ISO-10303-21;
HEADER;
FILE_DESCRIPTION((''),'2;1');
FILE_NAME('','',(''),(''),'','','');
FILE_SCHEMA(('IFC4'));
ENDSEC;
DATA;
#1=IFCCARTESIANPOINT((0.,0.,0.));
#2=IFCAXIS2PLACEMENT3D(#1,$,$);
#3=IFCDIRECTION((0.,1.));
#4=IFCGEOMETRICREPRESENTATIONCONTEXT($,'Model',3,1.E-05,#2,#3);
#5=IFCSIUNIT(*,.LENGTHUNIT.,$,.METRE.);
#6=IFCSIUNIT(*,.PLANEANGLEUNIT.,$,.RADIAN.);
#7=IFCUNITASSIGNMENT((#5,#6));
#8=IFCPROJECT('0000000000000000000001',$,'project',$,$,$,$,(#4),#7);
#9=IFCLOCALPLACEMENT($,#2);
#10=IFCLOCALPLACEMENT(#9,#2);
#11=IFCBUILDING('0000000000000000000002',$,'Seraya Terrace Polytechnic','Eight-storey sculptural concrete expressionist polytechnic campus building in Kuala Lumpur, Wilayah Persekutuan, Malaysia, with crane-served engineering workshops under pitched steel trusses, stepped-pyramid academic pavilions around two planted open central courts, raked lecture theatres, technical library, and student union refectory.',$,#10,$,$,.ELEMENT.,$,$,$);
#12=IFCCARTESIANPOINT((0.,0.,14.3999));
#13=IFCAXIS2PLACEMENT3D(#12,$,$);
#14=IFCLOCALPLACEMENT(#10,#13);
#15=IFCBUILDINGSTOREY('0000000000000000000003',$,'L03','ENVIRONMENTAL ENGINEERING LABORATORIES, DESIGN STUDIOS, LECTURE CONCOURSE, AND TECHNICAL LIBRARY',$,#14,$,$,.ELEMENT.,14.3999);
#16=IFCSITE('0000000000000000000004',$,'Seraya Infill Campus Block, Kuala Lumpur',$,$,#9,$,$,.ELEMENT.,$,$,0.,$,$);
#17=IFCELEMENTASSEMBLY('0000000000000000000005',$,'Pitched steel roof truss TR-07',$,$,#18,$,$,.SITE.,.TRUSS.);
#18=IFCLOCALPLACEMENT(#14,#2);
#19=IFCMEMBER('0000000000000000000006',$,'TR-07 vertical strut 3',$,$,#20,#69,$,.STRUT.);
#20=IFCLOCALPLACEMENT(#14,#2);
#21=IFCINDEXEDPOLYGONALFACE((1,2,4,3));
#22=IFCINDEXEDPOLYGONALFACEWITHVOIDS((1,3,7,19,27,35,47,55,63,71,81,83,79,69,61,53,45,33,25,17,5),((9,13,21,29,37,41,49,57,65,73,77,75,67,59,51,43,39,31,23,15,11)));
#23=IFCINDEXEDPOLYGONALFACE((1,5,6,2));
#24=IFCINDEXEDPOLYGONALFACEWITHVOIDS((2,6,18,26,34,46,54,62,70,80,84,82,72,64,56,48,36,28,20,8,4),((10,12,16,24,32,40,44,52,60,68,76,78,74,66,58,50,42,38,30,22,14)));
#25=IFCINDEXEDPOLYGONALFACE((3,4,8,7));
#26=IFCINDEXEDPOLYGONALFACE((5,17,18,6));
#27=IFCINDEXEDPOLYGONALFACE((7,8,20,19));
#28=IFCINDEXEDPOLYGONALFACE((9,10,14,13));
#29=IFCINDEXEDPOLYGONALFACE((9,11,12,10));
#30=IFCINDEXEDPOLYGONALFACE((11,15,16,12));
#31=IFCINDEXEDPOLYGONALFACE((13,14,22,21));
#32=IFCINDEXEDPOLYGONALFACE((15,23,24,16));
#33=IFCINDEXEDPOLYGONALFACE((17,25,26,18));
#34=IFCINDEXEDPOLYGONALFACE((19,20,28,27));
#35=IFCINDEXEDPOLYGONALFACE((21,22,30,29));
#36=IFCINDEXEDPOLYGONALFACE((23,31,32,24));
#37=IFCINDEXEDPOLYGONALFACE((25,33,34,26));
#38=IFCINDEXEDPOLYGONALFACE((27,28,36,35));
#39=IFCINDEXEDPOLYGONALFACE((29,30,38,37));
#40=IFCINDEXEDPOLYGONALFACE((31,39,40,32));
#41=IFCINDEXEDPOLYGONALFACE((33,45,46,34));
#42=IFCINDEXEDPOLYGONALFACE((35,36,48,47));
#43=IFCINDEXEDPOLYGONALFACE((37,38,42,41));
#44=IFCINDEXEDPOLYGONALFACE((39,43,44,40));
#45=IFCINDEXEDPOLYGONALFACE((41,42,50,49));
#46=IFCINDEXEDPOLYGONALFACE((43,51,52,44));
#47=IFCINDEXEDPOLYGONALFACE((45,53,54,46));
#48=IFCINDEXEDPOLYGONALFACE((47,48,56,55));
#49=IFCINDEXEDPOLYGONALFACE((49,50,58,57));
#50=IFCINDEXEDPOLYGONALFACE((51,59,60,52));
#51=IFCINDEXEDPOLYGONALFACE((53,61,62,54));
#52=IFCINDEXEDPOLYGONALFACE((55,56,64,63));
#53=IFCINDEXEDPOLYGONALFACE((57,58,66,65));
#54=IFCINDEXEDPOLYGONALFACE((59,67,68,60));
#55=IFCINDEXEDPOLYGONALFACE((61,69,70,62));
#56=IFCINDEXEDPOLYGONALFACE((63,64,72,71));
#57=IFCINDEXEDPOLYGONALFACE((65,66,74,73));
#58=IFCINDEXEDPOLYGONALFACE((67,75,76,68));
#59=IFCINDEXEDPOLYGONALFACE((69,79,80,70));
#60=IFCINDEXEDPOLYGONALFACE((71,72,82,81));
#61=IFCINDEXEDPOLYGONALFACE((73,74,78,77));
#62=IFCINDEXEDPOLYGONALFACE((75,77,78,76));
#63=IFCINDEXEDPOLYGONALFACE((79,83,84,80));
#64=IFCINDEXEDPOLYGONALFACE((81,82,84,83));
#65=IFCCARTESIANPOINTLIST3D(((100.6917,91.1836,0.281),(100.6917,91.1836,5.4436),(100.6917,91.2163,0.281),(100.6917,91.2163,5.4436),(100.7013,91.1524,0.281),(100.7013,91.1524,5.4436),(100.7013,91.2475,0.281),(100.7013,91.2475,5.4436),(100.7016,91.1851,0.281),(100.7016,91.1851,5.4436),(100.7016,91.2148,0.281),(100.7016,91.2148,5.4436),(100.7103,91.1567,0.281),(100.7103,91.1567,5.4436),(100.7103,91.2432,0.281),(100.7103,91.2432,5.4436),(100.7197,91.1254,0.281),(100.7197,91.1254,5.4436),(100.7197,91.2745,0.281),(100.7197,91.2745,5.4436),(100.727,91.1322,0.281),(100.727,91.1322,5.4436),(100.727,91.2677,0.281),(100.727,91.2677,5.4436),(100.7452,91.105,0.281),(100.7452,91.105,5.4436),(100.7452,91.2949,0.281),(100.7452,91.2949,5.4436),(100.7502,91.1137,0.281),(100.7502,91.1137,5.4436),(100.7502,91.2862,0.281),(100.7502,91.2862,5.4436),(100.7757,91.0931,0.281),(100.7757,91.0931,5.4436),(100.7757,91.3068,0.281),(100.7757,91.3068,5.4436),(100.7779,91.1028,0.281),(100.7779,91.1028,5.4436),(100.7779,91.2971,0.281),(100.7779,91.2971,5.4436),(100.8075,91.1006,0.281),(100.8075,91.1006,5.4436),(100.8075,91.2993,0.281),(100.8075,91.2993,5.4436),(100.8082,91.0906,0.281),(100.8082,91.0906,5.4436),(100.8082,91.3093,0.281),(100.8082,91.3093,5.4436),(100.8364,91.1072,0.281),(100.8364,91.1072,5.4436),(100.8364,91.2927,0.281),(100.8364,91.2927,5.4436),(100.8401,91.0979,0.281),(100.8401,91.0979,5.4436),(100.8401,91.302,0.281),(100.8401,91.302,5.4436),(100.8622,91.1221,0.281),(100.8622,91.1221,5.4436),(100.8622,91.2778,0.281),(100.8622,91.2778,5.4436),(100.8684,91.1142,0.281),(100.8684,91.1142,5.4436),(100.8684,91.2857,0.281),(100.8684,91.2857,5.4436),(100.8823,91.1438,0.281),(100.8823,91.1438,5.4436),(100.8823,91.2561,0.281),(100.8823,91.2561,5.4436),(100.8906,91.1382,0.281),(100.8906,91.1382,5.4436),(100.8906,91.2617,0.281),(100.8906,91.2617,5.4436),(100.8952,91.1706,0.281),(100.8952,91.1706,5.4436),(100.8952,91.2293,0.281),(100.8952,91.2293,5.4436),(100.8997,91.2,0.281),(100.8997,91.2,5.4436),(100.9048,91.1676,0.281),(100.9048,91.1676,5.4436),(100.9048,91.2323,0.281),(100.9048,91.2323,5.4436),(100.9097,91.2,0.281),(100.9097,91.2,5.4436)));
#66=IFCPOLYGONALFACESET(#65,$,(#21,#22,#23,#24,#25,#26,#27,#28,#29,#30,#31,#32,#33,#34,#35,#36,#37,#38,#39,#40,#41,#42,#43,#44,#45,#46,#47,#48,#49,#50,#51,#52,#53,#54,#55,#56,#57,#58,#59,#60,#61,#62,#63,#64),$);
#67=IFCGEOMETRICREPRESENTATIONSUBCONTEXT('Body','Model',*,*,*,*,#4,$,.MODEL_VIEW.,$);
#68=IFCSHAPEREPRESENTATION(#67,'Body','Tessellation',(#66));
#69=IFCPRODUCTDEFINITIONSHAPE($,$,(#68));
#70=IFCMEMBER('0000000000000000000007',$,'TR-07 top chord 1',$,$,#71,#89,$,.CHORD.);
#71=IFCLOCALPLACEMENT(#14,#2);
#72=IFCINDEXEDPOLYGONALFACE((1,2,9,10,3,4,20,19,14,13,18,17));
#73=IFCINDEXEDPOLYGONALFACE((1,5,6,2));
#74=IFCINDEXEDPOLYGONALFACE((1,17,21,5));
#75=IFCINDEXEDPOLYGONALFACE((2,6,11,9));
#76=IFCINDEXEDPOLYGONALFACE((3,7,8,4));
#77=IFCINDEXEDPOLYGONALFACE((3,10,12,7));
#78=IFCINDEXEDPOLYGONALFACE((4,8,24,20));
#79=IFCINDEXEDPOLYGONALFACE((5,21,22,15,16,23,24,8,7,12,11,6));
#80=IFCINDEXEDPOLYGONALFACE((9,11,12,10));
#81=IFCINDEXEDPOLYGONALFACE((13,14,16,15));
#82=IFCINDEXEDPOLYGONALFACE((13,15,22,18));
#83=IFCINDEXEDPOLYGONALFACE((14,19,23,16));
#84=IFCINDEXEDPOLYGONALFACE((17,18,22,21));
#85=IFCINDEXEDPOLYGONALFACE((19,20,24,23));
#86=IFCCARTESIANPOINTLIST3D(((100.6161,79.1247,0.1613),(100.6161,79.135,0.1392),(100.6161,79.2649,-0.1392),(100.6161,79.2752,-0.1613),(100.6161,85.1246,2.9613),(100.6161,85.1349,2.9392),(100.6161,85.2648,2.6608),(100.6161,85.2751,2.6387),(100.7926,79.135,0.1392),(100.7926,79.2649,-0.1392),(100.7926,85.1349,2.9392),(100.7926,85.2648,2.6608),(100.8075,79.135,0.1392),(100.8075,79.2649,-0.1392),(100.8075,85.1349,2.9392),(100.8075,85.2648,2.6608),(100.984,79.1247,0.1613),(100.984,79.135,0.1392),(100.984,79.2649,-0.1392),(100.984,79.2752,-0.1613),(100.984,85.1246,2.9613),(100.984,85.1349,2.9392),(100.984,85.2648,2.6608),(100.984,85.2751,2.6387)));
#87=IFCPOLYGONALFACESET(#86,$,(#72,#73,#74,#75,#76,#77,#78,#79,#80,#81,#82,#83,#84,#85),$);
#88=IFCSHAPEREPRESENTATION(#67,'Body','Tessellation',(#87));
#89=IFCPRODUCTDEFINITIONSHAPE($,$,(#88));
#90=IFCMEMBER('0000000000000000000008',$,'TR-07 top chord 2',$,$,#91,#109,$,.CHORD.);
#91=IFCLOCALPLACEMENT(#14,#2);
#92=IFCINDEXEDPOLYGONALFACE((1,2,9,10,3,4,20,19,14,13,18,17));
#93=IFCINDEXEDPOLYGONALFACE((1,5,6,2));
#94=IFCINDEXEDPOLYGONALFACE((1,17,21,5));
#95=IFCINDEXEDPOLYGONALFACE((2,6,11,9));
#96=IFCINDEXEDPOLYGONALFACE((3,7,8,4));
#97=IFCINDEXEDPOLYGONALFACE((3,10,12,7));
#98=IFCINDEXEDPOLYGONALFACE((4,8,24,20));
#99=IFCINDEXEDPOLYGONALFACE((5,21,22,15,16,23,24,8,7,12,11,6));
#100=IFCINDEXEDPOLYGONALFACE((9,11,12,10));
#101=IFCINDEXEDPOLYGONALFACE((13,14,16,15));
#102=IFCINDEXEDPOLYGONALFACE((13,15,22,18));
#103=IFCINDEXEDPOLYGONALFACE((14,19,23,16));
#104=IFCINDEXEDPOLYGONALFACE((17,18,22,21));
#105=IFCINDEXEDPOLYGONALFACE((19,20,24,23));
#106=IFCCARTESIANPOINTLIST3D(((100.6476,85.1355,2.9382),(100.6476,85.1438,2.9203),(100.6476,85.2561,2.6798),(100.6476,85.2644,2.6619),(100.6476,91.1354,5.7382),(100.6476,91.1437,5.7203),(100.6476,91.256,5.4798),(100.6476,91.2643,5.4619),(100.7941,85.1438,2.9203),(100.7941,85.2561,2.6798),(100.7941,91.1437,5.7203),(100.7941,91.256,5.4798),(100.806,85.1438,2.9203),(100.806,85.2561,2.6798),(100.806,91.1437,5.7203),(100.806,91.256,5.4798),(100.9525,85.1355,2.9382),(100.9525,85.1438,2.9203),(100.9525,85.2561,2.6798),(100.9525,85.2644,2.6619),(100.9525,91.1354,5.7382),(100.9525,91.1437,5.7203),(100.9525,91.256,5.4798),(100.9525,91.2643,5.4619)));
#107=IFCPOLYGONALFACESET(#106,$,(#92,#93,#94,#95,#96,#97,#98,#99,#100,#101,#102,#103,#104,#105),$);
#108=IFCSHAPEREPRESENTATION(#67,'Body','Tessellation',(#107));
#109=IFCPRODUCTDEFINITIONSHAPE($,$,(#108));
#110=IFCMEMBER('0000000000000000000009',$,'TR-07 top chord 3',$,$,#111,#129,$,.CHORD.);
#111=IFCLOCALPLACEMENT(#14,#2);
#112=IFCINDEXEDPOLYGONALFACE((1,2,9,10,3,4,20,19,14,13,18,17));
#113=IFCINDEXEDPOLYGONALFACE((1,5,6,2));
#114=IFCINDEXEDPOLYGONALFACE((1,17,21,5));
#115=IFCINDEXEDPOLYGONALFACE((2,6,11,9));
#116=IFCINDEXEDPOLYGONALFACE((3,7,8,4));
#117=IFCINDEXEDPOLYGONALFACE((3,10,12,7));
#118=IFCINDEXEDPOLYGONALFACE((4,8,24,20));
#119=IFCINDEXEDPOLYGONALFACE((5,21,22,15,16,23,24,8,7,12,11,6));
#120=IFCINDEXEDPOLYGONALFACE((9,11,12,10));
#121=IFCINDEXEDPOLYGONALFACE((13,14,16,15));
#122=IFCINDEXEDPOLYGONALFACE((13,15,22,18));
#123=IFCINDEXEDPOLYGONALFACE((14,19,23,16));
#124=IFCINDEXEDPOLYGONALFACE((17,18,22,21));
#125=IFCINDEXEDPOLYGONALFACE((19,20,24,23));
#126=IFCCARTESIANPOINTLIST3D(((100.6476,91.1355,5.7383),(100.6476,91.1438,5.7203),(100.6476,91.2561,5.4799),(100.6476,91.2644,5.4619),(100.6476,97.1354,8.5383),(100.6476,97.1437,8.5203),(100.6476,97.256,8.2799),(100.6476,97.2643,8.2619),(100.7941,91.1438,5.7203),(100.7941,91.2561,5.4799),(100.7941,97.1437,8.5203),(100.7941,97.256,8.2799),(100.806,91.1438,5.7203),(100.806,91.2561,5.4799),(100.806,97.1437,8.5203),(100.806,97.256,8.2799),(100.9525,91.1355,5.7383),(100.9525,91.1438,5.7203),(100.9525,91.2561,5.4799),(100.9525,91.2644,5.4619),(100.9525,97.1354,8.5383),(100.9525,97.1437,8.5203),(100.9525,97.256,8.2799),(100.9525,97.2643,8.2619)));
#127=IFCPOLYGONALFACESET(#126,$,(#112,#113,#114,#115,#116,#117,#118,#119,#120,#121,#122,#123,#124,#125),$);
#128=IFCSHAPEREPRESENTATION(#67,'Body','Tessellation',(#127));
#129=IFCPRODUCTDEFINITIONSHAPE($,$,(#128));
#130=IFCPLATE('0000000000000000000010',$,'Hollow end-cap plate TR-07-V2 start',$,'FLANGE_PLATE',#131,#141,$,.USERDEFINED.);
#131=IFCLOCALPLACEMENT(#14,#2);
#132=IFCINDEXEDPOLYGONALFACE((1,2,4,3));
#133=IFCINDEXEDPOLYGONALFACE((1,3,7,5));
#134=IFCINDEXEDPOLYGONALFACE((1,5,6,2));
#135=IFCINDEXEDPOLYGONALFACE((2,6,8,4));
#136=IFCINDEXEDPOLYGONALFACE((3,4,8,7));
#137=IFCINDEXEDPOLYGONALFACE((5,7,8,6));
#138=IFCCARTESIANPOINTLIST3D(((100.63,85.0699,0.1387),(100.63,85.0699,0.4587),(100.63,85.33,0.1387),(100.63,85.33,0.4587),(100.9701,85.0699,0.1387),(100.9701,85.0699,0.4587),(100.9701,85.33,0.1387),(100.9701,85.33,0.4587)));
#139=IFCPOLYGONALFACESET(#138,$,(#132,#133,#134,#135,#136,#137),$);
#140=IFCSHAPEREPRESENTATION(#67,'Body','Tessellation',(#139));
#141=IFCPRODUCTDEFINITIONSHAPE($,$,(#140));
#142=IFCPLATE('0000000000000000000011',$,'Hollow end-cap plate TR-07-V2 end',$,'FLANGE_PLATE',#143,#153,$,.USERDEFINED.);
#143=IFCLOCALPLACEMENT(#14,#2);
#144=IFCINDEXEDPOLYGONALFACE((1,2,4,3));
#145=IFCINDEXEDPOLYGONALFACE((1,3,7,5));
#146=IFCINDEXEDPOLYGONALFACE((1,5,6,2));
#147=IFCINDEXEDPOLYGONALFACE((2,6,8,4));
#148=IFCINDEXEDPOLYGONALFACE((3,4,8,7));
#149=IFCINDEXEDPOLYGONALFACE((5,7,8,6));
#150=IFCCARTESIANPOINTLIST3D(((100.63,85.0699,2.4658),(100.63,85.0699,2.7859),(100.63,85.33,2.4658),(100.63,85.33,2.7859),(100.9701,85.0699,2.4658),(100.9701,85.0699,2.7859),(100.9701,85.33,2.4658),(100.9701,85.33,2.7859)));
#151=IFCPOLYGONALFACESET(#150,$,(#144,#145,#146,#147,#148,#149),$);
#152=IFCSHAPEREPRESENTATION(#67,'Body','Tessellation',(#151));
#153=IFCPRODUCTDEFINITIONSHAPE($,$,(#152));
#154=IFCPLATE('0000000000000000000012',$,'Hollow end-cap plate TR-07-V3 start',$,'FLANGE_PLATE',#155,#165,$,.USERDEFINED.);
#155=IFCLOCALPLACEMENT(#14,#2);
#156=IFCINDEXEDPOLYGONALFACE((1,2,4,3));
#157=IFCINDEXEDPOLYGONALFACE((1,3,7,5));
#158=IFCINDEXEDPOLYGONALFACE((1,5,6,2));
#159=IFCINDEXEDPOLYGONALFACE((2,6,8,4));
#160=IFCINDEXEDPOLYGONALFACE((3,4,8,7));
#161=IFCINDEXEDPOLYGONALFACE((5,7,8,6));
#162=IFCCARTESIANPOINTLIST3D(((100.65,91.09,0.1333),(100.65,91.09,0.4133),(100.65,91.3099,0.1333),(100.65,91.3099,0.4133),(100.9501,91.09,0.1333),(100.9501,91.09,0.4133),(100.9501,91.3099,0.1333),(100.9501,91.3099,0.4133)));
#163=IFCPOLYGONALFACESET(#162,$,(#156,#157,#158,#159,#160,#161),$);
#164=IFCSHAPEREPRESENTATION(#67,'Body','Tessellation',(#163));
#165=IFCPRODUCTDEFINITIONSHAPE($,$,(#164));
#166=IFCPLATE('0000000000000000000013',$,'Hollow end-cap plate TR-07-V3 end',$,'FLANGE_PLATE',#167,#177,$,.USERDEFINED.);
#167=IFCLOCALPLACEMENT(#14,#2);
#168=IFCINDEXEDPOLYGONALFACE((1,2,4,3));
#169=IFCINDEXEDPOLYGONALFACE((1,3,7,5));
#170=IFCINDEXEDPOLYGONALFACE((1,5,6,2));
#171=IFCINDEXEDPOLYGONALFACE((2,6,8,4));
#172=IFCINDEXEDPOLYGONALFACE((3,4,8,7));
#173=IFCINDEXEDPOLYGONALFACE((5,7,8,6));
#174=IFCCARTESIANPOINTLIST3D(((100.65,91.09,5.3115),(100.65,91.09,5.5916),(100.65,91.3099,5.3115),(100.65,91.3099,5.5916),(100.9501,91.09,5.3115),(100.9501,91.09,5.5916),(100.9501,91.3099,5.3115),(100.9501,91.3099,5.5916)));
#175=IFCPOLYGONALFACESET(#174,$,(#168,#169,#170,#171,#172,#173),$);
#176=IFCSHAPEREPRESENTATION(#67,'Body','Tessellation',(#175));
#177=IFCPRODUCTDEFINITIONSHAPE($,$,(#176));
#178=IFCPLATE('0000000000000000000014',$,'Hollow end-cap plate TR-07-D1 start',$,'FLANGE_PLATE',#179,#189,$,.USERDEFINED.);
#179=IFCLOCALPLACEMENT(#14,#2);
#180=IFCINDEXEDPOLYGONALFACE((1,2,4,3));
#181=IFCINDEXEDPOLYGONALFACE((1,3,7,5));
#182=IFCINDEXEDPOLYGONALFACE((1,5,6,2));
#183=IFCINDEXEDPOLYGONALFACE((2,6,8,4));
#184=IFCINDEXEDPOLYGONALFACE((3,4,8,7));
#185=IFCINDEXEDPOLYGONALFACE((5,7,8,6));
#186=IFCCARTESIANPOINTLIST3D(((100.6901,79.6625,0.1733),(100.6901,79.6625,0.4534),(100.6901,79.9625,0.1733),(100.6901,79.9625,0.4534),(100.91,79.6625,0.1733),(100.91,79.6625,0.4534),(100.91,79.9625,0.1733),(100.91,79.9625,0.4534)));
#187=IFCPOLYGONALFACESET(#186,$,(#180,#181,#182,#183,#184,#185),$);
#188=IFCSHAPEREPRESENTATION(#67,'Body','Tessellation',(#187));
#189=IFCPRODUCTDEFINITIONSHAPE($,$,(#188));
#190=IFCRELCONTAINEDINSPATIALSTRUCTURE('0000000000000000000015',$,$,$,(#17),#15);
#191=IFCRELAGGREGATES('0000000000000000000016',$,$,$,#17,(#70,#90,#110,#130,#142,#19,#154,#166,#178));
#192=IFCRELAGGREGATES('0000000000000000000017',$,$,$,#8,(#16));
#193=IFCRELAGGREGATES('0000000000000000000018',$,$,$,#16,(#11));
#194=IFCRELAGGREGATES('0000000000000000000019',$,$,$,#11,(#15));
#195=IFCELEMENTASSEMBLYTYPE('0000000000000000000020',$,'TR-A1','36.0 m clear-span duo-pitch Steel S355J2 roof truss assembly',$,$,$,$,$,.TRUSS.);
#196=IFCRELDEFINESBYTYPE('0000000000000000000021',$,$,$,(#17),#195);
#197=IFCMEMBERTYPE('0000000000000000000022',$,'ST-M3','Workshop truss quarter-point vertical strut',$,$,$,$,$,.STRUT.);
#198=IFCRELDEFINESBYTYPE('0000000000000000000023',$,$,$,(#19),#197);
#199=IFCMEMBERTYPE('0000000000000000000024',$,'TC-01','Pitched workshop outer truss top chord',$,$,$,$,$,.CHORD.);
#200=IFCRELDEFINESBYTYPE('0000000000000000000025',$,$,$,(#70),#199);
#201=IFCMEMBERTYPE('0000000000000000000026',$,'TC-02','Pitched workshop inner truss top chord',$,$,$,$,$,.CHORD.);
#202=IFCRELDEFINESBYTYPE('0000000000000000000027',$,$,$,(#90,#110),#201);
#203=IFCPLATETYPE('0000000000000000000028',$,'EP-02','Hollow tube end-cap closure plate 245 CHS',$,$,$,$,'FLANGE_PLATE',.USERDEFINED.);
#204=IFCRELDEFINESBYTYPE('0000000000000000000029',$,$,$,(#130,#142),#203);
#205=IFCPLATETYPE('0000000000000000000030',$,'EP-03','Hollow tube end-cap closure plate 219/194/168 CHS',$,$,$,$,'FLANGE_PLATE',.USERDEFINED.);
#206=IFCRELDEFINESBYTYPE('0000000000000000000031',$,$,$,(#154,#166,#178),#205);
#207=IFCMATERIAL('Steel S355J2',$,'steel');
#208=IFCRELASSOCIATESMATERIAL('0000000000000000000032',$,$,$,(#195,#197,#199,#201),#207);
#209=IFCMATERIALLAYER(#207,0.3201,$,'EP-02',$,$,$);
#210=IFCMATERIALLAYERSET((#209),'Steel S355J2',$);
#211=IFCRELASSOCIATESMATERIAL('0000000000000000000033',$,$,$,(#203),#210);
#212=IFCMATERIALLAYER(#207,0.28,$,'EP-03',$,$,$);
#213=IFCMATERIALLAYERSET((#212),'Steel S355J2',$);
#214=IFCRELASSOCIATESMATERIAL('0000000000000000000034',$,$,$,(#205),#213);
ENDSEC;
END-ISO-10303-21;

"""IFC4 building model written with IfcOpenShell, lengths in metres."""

from ifc_helpers import new_model, si_unit, direction, frame, origin, origin_2d, place, context, subcontext, project, spatial, rectangle, hollow_circle, i_section, extrude, material, layer, layer_set, material_profile, profile_set, type_object, element, aggregate, save


model = new_model("IFC4")

# Units and contexts
model_context = context("Model", 3, precision=1e-05, world=origin(), true_north=direction((0.0, 1.0)))
body_context = subcontext(model_context, "Body", "Model", "MODEL_VIEW")
ifc_project = project(units=[si_unit("LENGTHUNIT", "METRE"), si_unit("PLANEANGLEUNIT", "RADIAN")], contexts=[model_context])

# Site, building, storey
site_placement = place(None, origin())
site = spatial("IfcSite", under=ifc_project, at=site_placement, Name="Seraya Infill Campus Block, Kuala Lumpur", CompositionType="ELEMENT", RefElevation=0.0)
building_placement = place(site_placement, origin())
building = spatial("IfcBuilding", under=site, at=building_placement, Name="Seraya Terrace Polytechnic", Description="Eight-storey sculptural concrete expressionist polytechnic campus building in Kuala Lumpur, Wilayah Persekutuan, Malaysia, with crane-served engineering workshops under pitched steel trusses, stepped-pyramid academic pavilions around two planted open central courts, raked lecture theatres, technical library, and student union refectory.", CompositionType="ELEMENT")
storey_placement = place(building_placement, frame((0.0, 0.0, 14.3999)))
storey = spatial("IfcBuildingStorey", under=building, at=storey_placement, Name="L03", Description="ENVIRONMENTAL ENGINEERING LABORATORIES, DESIGN STUDIOS, LECTURE CONCOURSE, AND TECHNICAL LIBRARY", CompositionType="ELEMENT", Elevation=14.3999)

# Element assembly
ifc_material_1 = material(Name="Steel S355J2", Category="steel")
element_assembly_type = type_object("IfcElementAssemblyType", Name="TR-A1", Description="36.0 m clear-span duo-pitch Steel S355J2 roof truss assembly", PredefinedType="TRUSS", material=ifc_material_1)
assembly_placement = place(storey_placement, origin())
assembly = element("IfcElementAssembly", 1, at=assembly_placement, inside=storey, type_object=element_assembly_type, Name="Pitched steel roof truss TR-07", AssemblyPlace="SITE", PredefinedType="TRUSS")

# Members
ifc_material_profile_1 = material_profile(ifc_material_1, hollow_circle(Radius=0.1096, WallThickness=0.01, at=origin_2d()), Name="CHS 219.1x10.0")
ifc_profile_set_1 = profile_set([ifc_material_profile_1], Name="Steel S355J2")
member_type_1 = type_object("IfcMemberType", Name="ST-M3", Description="Workshop truss quarter-point vertical strut", PredefinedType="STRUT", material=ifc_profile_set_1)
member_1_placement = place(storey_placement, frame((100.8, 91.2, 0.281), z_axis=(0.0, 0.0, 1.0), x_axis=(1.0, 0.0, 0.0)))
member_1 = element("IfcMember", 2, at=member_1_placement, type_object=member_type_1, Name="TR-07 vertical strut 3", PredefinedType="STRUT", context=body_context, shape_type="SweptSolid", body=[
    extrude(hollow_circle(Radius=0.1096, WallThickness=0.01, at=origin_2d()), origin(), (0.0, 0.0, 1.0), 5.1626),
])
ifc_material_profile_2 = material_profile(ifc_material_1, i_section(OverallWidth=0.3679, OverallDepth=0.356, WebThickness=0.0149, FlangeThickness=0.0244, at=origin_2d()), Name="UKC 356x368x15.0x24.4")
ifc_profile_set_2 = profile_set([ifc_material_profile_2], Name="Steel S355J2")
member_type_2 = type_object("IfcMemberType", Name="TC-01", Description="Pitched workshop outer truss top chord", PredefinedType="CHORD", material=ifc_profile_set_2)
member_2_placement = place(storey_placement, frame((100.8, 79.2, 0.0), z_axis=(0.0, 0.90618, 0.422892), x_axis=(-1.0, 0.0, 0.0)))
member_2 = element("IfcMember", 3, at=member_2_placement, type_object=member_type_2, Name="TR-07 top chord 1", PredefinedType="CHORD", context=body_context, shape_type="SweptSolid", body=[
    extrude(i_section(OverallWidth=0.3679, OverallDepth=0.356, WebThickness=0.0149, FlangeThickness=0.0244, at=origin_2d()), origin(), (0.0, 0.0, 1.0), 6.6211),
])
ifc_material_profile_3 = material_profile(ifc_material_1, i_section(OverallWidth=0.3049, OverallDepth=0.3049, WebThickness=0.012, FlangeThickness=0.0198, at=origin_2d()), Name="UKC 305x305x12.0x19.7")
ifc_profile_set_3 = profile_set([ifc_material_profile_3], Name="Steel S355J2")
member_type_3 = type_object("IfcMemberType", Name="TC-02", Description="Pitched workshop inner truss top chord", PredefinedType="CHORD", material=ifc_profile_set_3)
member_3_placement = place(storey_placement, frame((100.8, 85.2, 2.8), z_axis=(0.0, 0.90618, 0.422892), x_axis=(-1.0, 0.0, 0.0)))
member_3 = element("IfcMember", 4, at=member_3_placement, type_object=member_type_3, Name="TR-07 top chord 2", PredefinedType="CHORD", context=body_context, shape_type="SweptSolid", body=[
    extrude(i_section(OverallWidth=0.3049, OverallDepth=0.3049, WebThickness=0.012, FlangeThickness=0.0198, at=origin_2d()), origin(), (0.0, 0.0, 1.0), 6.6211),
])
member_4_placement = place(storey_placement, frame((100.8, 91.2, 5.6001), z_axis=(0.0, 0.90618, 0.422892), x_axis=(-1.0, 0.0, 0.0)))
member_4 = element("IfcMember", 5, at=member_4_placement, type_object=member_type_3, Name="TR-07 top chord 3", PredefinedType="CHORD", context=body_context, shape_type="SweptSolid", body=[
    extrude(i_section(OverallWidth=0.3049, OverallDepth=0.3049, WebThickness=0.012, FlangeThickness=0.0198, at=origin_2d()), origin(), (0.0, 0.0, 1.0), 6.6211),
])

# Plates
ifc_layer_1 = layer(ifc_material_1, 0.3201, Name="EP-02")
ifc_layer_set_1 = layer_set([ifc_layer_1], Name="Steel S355J2")
plate_type_1 = type_object("IfcPlateType", Name="EP-02", Description="Hollow tube end-cap closure plate 245 CHS", ElementType="FLANGE_PLATE", PredefinedType="USERDEFINED", material=ifc_layer_set_1)
plate_1_placement = place(storey_placement, frame((100.8, 85.2, 0.1387), z_axis=(0.0, 0.0, 1.0), x_axis=(1.0, 0.0, 0.0)))
plate_1 = element("IfcPlate", 6, at=plate_1_placement, type_object=plate_type_1, Name="Hollow end-cap plate TR-07-V2 start", ObjectType="FLANGE_PLATE", PredefinedType="USERDEFINED", context=body_context, shape_type="SweptSolid", body=[
    extrude(rectangle(XDim=0.3401, YDim=0.26, at=origin_2d()), origin(), (0.0, 0.0, 1.0), 0.3201),
])
plate_2_placement = place(storey_placement, frame((100.8, 85.2, 2.4658), z_axis=(0.0, 0.0, 1.0), x_axis=(1.0, 0.0, 0.0)))
plate_2 = element("IfcPlate", 7, at=plate_2_placement, type_object=plate_type_1, Name="Hollow end-cap plate TR-07-V2 end", ObjectType="FLANGE_PLATE", PredefinedType="USERDEFINED", context=body_context, shape_type="SweptSolid", body=[
    extrude(rectangle(XDim=0.3401, YDim=0.26, at=origin_2d()), origin(), (0.0, 0.0, 1.0), 0.3201),
])
ifc_layer_2 = layer(ifc_material_1, 0.28, Name="EP-03")
ifc_layer_set_2 = layer_set([ifc_layer_2], Name="Steel S355J2")
plate_type_2 = type_object("IfcPlateType", Name="EP-03", Description="Hollow tube end-cap closure plate 219/194/168 CHS", ElementType="FLANGE_PLATE", PredefinedType="USERDEFINED", material=ifc_layer_set_2)
plate_3_placement = place(storey_placement, frame((100.8, 91.2, 0.1333), z_axis=(0.0, 0.0, 1.0), x_axis=(1.0, 0.0, 0.0)))
plate_3 = element("IfcPlate", 8, at=plate_3_placement, type_object=plate_type_2, Name="Hollow end-cap plate TR-07-V3 start", ObjectType="FLANGE_PLATE", PredefinedType="USERDEFINED", context=body_context, shape_type="SweptSolid", body=[
    extrude(rectangle(XDim=0.3, YDim=0.22, at=origin_2d()), origin(), (0.0, 0.0, 1.0), 0.28),
])
plate_4_placement = place(storey_placement, frame((100.8, 91.2, 5.3115), z_axis=(0.0, 0.0, 1.0), x_axis=(1.0, 0.0, 0.0)))
plate_4 = element("IfcPlate", 9, at=plate_4_placement, type_object=plate_type_2, Name="Hollow end-cap plate TR-07-V3 end", ObjectType="FLANGE_PLATE", PredefinedType="USERDEFINED", context=body_context, shape_type="SweptSolid", body=[
    extrude(rectangle(XDim=0.3, YDim=0.22, at=origin_2d()), origin(), (0.0, 0.0, 1.0), 0.28),
])
plate_5_placement = place(storey_placement, frame((100.8, 79.8125, 0.1733), z_axis=(0.0, 0.0, 1.0), x_axis=(0.0, 1.0, 0.0)))
plate_5 = element("IfcPlate", 10, at=plate_5_placement, type_object=plate_type_2, Name="Hollow end-cap plate TR-07-D1 start", ObjectType="FLANGE_PLATE", PredefinedType="USERDEFINED", context=body_context, shape_type="SweptSolid", body=[
    extrude(rectangle(XDim=0.3, YDim=0.22, at=origin_2d()), origin(), (0.0, 0.0, 1.0), 0.28),
])
aggregate(assembly, [member_2, member_3, member_4, plate_1, plate_2, member_1, plate_3, plate_4, plate_5])

save(model, "model.ifc")
